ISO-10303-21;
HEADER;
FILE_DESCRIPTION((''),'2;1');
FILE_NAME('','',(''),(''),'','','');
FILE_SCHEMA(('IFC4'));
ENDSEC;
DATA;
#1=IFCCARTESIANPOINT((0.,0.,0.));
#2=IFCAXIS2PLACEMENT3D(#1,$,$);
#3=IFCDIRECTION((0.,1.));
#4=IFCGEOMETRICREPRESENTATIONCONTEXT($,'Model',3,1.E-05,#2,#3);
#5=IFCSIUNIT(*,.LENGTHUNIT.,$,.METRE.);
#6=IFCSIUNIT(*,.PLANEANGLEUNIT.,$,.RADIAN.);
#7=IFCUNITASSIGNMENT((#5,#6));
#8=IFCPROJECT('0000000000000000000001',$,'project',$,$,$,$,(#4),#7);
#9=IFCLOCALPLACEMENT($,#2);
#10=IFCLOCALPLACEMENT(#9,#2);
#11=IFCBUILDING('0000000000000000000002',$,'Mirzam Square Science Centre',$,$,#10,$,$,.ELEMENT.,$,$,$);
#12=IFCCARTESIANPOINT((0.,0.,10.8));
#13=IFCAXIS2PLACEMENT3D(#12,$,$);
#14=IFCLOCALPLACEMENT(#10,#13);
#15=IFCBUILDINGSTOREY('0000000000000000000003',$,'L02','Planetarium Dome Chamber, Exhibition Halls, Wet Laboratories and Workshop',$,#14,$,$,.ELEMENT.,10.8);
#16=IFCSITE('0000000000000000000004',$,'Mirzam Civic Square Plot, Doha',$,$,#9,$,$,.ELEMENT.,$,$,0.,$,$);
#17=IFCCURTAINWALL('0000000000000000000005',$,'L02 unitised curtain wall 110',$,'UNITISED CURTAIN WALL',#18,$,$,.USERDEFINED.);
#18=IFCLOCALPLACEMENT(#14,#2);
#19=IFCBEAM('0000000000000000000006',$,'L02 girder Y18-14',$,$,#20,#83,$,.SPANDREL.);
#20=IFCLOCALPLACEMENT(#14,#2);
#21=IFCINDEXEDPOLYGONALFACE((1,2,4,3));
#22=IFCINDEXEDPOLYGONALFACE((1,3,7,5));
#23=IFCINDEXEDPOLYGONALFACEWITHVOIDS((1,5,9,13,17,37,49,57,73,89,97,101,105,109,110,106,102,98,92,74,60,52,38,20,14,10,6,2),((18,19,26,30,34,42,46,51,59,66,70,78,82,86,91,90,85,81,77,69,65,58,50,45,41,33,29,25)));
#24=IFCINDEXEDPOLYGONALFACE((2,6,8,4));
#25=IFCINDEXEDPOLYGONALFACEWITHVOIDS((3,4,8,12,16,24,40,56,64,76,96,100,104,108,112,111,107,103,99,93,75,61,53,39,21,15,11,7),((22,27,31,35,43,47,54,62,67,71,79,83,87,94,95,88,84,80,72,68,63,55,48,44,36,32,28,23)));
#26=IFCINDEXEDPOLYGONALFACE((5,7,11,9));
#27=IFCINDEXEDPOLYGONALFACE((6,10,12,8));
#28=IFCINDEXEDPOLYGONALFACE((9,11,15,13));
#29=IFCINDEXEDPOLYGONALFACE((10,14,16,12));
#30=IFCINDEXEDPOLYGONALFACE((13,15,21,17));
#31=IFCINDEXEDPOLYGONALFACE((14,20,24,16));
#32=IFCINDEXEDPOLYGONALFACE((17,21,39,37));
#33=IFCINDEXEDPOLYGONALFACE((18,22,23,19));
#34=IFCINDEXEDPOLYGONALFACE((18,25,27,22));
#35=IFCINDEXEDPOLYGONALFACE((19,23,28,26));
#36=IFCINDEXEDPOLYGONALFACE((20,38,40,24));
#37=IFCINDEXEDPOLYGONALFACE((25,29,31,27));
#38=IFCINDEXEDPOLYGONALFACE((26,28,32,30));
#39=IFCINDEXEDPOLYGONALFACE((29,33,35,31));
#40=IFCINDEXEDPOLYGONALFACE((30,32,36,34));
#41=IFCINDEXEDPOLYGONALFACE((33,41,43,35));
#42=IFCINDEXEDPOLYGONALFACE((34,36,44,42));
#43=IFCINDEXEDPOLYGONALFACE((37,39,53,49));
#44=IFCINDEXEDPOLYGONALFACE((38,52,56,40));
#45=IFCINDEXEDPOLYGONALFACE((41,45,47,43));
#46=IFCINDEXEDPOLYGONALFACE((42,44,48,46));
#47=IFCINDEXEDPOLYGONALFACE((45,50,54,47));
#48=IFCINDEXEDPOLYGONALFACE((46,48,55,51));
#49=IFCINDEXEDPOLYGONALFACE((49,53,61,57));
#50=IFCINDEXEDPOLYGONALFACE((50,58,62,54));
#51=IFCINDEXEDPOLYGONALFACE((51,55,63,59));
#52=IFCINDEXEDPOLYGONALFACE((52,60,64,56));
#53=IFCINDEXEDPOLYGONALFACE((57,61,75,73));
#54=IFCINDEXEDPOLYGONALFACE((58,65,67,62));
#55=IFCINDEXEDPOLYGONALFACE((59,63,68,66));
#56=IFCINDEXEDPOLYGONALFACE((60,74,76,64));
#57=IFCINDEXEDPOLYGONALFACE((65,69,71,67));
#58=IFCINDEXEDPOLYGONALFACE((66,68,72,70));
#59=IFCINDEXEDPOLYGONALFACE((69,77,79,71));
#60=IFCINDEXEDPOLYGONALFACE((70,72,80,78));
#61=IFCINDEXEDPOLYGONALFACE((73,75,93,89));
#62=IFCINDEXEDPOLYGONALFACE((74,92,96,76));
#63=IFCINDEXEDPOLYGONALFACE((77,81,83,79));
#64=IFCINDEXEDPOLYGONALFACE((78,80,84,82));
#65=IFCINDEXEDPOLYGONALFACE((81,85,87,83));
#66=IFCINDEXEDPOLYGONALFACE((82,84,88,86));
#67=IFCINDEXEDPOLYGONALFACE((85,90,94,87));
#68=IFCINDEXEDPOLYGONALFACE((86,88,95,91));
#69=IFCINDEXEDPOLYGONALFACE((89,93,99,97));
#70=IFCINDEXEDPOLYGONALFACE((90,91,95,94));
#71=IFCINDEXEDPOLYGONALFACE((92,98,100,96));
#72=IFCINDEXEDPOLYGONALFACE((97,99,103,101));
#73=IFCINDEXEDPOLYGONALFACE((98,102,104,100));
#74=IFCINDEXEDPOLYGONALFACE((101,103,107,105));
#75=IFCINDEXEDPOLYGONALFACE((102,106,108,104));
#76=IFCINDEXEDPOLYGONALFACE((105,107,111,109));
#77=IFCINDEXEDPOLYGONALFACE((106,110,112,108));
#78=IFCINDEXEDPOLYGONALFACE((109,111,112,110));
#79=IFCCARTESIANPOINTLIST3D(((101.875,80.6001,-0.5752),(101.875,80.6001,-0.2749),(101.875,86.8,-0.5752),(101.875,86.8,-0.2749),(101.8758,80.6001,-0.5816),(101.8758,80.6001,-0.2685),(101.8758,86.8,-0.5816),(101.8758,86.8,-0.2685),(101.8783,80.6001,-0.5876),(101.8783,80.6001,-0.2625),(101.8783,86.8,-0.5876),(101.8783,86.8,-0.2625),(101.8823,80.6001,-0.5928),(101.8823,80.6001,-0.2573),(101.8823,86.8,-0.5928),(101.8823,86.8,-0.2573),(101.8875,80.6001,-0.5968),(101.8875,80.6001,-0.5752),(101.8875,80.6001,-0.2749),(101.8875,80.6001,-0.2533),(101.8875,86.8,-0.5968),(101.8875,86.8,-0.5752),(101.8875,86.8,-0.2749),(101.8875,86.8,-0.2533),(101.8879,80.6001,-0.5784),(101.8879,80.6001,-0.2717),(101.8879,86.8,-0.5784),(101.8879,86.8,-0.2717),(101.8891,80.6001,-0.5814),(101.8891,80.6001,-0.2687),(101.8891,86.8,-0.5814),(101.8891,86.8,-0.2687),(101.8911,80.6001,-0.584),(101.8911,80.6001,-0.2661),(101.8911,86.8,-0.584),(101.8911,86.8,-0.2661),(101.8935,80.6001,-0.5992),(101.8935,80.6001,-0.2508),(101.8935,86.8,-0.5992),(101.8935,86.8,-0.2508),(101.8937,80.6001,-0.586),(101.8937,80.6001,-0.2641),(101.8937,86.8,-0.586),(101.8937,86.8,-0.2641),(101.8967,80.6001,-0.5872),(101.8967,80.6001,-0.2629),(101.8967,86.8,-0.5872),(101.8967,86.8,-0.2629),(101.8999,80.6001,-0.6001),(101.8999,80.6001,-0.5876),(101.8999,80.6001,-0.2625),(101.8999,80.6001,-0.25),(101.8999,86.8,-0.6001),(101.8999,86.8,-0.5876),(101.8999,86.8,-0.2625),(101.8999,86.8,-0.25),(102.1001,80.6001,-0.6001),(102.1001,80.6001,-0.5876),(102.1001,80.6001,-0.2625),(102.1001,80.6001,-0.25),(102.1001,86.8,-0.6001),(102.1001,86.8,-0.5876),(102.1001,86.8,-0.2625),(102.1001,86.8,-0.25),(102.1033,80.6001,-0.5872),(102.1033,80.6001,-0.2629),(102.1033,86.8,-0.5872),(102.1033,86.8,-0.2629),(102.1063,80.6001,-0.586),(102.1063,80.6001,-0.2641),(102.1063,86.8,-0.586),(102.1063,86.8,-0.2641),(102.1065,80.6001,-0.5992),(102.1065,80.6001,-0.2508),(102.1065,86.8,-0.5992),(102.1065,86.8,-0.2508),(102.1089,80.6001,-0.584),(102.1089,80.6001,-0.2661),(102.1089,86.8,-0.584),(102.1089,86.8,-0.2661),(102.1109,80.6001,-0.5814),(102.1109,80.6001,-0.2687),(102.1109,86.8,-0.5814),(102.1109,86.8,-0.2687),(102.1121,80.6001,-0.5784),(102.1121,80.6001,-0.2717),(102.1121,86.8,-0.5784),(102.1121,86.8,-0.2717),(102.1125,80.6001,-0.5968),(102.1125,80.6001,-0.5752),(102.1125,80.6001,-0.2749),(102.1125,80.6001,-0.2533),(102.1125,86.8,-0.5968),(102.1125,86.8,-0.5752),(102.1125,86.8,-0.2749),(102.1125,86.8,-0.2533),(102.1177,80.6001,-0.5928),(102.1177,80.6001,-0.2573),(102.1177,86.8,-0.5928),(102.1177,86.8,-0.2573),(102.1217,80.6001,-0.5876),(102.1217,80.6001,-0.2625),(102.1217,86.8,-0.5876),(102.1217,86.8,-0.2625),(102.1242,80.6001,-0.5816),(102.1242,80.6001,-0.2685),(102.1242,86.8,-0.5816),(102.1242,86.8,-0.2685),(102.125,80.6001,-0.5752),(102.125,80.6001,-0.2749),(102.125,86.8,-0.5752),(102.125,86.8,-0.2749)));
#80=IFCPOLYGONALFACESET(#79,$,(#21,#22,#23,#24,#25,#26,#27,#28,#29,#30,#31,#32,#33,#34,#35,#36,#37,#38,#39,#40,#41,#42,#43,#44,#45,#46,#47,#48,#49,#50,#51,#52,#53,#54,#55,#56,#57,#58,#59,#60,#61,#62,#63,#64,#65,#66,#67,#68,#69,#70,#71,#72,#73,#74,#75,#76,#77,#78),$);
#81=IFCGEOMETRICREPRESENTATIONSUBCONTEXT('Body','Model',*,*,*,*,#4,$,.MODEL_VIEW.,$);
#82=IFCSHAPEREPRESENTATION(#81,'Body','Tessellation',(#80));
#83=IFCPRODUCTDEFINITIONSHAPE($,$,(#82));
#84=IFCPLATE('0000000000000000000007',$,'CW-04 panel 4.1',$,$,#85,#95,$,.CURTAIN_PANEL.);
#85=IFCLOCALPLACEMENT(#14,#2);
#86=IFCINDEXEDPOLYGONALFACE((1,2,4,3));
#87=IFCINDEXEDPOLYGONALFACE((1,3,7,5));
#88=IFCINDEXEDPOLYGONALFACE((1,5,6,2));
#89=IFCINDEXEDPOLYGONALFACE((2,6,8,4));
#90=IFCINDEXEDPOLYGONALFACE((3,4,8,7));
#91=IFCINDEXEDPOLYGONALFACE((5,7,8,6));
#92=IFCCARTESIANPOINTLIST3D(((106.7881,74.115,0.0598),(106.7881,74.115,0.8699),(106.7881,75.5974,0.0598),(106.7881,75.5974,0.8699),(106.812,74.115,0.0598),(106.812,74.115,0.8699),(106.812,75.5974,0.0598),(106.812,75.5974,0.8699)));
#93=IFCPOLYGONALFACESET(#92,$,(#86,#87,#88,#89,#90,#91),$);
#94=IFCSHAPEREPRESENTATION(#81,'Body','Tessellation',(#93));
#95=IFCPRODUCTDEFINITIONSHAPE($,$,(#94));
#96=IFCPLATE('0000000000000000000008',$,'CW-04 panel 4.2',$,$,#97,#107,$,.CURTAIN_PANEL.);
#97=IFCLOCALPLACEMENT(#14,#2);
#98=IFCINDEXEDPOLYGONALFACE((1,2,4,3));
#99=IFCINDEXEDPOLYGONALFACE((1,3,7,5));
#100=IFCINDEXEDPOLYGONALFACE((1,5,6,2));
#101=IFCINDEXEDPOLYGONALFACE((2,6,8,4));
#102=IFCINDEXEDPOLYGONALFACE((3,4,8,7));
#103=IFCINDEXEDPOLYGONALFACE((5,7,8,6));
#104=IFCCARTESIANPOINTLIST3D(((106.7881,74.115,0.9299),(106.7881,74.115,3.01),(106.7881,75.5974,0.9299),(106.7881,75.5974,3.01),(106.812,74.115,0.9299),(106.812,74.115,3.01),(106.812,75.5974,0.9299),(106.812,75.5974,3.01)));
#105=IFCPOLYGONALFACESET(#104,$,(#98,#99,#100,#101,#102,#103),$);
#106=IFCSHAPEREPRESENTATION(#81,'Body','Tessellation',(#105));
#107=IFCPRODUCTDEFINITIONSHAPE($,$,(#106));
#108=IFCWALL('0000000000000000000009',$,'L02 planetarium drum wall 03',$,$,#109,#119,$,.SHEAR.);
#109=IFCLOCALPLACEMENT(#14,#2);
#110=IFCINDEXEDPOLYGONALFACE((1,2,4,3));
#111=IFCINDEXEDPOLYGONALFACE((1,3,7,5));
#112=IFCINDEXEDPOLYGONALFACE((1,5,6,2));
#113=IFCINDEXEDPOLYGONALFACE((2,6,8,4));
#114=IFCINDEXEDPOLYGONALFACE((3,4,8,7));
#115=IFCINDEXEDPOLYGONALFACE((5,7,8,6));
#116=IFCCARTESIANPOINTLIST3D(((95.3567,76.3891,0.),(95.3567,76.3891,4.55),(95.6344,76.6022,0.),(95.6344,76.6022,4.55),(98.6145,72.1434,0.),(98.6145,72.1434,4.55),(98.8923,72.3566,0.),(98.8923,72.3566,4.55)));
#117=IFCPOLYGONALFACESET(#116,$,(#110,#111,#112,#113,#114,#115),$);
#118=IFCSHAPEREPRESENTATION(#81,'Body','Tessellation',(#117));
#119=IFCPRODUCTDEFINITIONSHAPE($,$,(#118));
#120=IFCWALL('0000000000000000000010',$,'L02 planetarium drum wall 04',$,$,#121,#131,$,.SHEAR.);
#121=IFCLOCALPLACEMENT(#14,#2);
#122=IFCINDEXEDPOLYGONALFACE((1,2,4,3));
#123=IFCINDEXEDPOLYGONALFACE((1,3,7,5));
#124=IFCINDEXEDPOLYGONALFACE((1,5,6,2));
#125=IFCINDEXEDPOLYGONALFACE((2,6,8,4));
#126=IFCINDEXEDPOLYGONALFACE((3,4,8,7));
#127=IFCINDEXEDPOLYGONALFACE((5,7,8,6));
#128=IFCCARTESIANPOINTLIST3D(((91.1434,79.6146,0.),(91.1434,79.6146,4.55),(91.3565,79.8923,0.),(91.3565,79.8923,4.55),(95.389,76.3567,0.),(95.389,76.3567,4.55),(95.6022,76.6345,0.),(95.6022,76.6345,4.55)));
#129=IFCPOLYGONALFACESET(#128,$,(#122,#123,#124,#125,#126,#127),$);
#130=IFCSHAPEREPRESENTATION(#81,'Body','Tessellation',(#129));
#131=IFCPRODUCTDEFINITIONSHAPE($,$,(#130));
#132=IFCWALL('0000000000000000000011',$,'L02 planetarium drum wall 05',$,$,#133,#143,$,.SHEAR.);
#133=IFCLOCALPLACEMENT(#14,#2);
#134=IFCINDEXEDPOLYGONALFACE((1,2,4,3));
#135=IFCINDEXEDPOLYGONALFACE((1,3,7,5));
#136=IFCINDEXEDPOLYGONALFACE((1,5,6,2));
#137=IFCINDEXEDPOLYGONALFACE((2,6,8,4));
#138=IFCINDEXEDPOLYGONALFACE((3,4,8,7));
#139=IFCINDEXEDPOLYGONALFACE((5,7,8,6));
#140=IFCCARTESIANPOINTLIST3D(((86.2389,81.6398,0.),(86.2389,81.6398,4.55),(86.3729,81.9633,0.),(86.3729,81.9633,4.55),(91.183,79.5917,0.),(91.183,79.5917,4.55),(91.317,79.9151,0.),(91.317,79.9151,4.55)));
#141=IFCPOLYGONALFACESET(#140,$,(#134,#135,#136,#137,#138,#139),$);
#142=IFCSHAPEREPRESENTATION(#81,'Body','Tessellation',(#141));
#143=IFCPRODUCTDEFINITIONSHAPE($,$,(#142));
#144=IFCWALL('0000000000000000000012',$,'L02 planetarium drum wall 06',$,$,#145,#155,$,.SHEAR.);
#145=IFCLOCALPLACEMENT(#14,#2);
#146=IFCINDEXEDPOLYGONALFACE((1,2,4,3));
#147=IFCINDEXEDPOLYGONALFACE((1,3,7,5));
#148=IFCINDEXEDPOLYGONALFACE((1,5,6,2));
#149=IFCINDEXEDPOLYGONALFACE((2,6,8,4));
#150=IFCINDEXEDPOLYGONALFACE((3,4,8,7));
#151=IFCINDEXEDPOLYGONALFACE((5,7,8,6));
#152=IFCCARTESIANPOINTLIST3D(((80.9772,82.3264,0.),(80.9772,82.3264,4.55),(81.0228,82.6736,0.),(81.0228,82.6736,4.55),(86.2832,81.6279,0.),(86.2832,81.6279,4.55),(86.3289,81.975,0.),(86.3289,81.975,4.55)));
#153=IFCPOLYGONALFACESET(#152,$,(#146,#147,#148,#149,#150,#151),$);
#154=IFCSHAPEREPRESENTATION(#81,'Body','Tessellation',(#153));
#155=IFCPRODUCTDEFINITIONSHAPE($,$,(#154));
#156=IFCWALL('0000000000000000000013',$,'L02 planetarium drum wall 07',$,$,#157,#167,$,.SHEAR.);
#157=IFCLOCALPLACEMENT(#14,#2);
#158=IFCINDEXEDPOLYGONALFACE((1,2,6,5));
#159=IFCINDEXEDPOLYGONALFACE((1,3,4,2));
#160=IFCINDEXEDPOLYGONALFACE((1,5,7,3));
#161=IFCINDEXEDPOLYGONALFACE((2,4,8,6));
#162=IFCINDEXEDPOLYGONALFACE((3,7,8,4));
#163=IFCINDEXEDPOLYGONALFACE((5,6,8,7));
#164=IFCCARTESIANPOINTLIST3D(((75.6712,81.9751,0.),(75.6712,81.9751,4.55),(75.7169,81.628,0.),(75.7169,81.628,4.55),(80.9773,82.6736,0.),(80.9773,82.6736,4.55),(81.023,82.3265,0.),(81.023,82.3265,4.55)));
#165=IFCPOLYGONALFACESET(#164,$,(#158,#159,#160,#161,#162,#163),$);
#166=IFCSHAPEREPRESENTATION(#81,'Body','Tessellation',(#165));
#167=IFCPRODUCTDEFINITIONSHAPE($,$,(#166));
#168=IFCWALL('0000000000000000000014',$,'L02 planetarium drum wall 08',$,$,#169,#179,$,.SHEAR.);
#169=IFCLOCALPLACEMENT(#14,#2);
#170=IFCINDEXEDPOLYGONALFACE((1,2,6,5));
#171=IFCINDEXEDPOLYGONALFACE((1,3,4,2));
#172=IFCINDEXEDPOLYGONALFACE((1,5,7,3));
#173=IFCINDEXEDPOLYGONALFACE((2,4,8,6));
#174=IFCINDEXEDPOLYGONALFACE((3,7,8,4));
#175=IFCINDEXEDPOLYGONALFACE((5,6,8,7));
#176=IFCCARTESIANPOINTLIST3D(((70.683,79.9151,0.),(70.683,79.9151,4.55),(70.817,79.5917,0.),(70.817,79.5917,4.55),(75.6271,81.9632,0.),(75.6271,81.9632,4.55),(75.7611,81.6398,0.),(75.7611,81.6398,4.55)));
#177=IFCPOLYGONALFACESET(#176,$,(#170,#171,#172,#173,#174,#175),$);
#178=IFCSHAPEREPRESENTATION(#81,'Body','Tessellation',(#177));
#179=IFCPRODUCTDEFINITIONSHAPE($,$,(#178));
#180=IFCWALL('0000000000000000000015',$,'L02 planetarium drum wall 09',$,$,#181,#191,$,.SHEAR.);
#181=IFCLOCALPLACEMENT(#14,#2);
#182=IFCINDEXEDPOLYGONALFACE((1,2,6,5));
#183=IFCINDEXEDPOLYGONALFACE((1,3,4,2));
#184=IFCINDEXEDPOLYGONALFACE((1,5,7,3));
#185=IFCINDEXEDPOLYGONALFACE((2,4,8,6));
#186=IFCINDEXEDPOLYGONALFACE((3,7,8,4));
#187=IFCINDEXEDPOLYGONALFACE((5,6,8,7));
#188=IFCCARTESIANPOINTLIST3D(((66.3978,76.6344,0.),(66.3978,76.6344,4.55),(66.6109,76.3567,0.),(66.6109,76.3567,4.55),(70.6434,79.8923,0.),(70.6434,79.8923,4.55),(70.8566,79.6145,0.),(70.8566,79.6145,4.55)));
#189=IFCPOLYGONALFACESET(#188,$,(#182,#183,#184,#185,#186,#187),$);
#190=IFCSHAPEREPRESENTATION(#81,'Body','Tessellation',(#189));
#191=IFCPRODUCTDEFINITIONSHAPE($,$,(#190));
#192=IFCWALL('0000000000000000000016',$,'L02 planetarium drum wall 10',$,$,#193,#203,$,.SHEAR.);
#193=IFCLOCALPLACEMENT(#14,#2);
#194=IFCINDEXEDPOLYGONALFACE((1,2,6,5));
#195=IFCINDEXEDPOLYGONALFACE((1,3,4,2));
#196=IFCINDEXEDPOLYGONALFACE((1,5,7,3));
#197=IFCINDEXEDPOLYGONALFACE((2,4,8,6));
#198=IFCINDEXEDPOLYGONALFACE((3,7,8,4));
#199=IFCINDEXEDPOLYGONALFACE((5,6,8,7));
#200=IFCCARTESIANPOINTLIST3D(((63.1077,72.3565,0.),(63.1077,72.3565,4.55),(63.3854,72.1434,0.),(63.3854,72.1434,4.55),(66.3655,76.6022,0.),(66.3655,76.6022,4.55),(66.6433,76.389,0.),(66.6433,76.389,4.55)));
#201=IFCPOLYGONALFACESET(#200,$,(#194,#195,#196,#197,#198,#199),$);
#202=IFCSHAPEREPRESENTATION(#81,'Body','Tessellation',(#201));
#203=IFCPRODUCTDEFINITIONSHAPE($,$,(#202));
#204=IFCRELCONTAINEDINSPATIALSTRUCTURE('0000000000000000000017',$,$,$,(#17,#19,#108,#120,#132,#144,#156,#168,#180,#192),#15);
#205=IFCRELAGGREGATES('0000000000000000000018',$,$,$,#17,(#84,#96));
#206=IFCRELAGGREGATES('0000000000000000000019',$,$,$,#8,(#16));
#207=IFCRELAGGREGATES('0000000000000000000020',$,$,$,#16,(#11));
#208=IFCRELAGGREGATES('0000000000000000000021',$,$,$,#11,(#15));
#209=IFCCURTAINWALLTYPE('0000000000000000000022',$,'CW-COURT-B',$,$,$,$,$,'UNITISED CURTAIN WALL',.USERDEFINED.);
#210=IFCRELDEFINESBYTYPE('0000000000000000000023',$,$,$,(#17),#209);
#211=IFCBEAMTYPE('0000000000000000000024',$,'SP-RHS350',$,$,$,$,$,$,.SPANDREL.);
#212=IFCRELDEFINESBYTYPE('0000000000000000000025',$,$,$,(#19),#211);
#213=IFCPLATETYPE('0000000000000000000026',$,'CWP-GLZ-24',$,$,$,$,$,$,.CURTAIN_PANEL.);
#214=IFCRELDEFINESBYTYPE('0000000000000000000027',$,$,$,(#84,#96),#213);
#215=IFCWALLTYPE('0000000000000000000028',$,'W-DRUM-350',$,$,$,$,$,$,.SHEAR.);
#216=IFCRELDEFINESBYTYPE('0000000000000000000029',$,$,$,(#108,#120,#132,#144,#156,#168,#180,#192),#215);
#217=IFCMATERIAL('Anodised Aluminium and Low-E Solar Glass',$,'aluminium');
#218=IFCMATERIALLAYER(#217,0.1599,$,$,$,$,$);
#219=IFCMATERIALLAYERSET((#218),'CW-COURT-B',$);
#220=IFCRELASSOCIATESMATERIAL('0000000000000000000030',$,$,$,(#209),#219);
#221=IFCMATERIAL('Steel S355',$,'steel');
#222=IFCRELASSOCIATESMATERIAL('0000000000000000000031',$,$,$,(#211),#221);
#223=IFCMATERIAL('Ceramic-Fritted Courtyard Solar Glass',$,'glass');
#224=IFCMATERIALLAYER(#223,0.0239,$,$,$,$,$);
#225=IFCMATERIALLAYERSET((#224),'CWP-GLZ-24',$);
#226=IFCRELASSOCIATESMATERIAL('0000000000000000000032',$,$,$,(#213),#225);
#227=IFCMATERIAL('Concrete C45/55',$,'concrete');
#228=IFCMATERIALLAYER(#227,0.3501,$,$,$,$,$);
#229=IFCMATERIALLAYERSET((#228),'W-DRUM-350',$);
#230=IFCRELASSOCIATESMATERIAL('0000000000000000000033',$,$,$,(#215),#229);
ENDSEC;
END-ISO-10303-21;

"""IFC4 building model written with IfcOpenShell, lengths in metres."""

from ifc_helpers import new_model, si_unit, direction, frame, frame_2d, origin, origin_2d, place, context, subcontext, project, spatial, rectangle, hollow_rectangle, extrude, material, layer, layer_set, material_profile, profile_set, type_object, element, aggregate, save


model = new_model("IFC4")

# Units and contexts
model_context = context("Model", 3, precision=1e-05, world=origin(), true_north=direction((0.0, 1.0)))
body_context = subcontext(model_context, "Body", "Model", "MODEL_VIEW")
ifc_project = project(units=[si_unit("LENGTHUNIT", "METRE"), si_unit("PLANEANGLEUNIT", "RADIAN")], contexts=[model_context])

# Site, building, storey
site_placement = place(None, origin())
site = spatial("IfcSite", under=ifc_project, at=site_placement, Name="Mirzam Civic Square Plot, Doha", CompositionType="ELEMENT", RefElevation=0.0)
building_placement = place(site_placement, origin())
building = spatial("IfcBuilding", under=site, at=building_placement, Name="Mirzam Square Science Centre", CompositionType="ELEMENT")
storey_placement = place(building_placement, frame((0.0, 0.0, 10.8)))
storey = spatial("IfcBuildingStorey", under=building, at=storey_placement, Name="L02", Description="Planetarium Dome Chamber, Exhibition Halls, Wet Laboratories and Workshop", CompositionType="ELEMENT", Elevation=10.8)

# Shared definitions
ifc_material_1 = material(Name="Steel S355", Category="steel")
ifc_material_2 = material(Name="Concrete C45/55", Category="concrete")

# Curtain wall
ifc_material_3 = material(Name="Anodised Aluminium and Low-E Solar Glass", Category="aluminium")
ifc_layer_1 = layer(ifc_material_3, 0.1599)
ifc_layer_set_1 = layer_set([ifc_layer_1], Name="CW-COURT-B")
curtain_wall_type = type_object("IfcCurtainWallType", Name="CW-COURT-B", ElementType="UNITISED CURTAIN WALL", PredefinedType="USERDEFINED", material=ifc_layer_set_1)
curtain_wall_placement = place(storey_placement, origin())
curtain_wall = element("IfcCurtainWall", 1, at=curtain_wall_placement, inside=storey, type_object=curtain_wall_type, Name="L02 unitised curtain wall 110", ObjectType="UNITISED CURTAIN WALL", PredefinedType="USERDEFINED")

# Beam
ifc_material_profile_1 = material_profile(ifc_material_1, hollow_rectangle(XDim=0.25, YDim=0.3501, WallThickness=0.0125, InnerFilletRadius=0.0125, OuterFilletRadius=0.0249, at=origin_2d()), Name="350x250x12.5RHS")
ifc_profile_set_1 = profile_set([ifc_material_profile_1], Name="Steel S355")
beam_type_1 = type_object("IfcBeamType", Name="SP-RHS350", PredefinedType="SPANDREL", material=ifc_profile_set_1)
beam_1_placement = place(storey_placement, frame((102.0, 80.6001, -0.425), z_axis=(0.0, 1.0, 0.0), x_axis=(-1.0, 0.0, 0.0)))
element("IfcBeam", 2, at=beam_1_placement, inside=storey, type_object=beam_type_1, Name="L02 girder Y18-14", PredefinedType="SPANDREL", context=body_context, shape_type="SweptSolid", body=[
    extrude(hollow_rectangle(XDim=0.25, YDim=0.3501, WallThickness=0.0125, InnerFilletRadius=0.0125, OuterFilletRadius=0.0249, at=origin_2d()), origin(), (0.0, 0.0, 1.0), 6.2),
])

# Plates
ifc_material_4 = material(Name="Ceramic-Fritted Courtyard Solar Glass", Category="glass")
ifc_layer_2 = layer(ifc_material_4, 0.0239)
ifc_layer_set_2 = layer_set([ifc_layer_2], Name="CWP-GLZ-24")
plate_type = type_object("IfcPlateType", Name="CWP-GLZ-24", PredefinedType="CURTAIN_PANEL", material=ifc_layer_set_2)
plate_1_placement = place(storey_placement, frame((106.8, 74.8562, 0.0598), z_axis=(0.0, 0.0, 1.0), x_axis=(0.0, -1.0, 0.0)))
plate_1 = element("IfcPlate", 3, at=plate_1_placement, type_object=plate_type, Name="CW-04 panel 4.1", PredefinedType="CURTAIN_PANEL", context=body_context, shape_type="SweptSolid", body=[
    extrude(rectangle(XDim=1.4824, YDim=0.0239, at=origin_2d()), origin(), (0.0, 0.0, 1.0), 0.8101),
])
plate_2_placement = place(storey_placement, frame((106.8, 74.8562, 0.9299), z_axis=(0.0, 0.0, 1.0), x_axis=(0.0, -1.0, 0.0)))
plate_2 = element("IfcPlate", 4, at=plate_2_placement, type_object=plate_type, Name="CW-04 panel 4.2", PredefinedType="CURTAIN_PANEL", context=body_context, shape_type="SweptSolid", body=[
    extrude(rectangle(XDim=1.4824, YDim=0.0239, at=origin_2d()), origin(), (0.0, 0.0, 1.0), 2.0801),
])
aggregate(curtain_wall, [plate_1, plate_2])

# Walls
ifc_layer_3 = layer(ifc_material_2, 0.3501)
ifc_layer_set_3 = layer_set([ifc_layer_3], Name="W-DRUM-350")
wall_type_1 = type_object("IfcWallType", Name="W-DRUM-350", PredefinedType="SHEAR", material=ifc_layer_set_3)
for number, where, z_axis, x_axis, name in (
    (5, (98.7534, 72.25, 0.0), (0.0, 0.0, 1.0), (-0.608767, 0.793349, 0.0), "L02 planetarium drum wall 03"),
    (6, (95.4956, 76.4956, 0.0), (0.0, 0.0, 1.0), (-0.793349, 0.608767, 0.0), "L02 planetarium drum wall 04"),
    (7, (91.25, 79.7534, 0.0), (0.0, 0.0, 1.0), (-0.923867, 0.382713, 0.0), "L02 planetarium drum wall 05"),
):
    element("IfcWall", number, at=place(storey_placement, frame(where, z_axis=z_axis, x_axis=x_axis)), inside=storey, type_object=wall_type_1, Name=name, PredefinedType="SHEAR", context=body_context, shape_type="SweptSolid", body=[
        extrude(rectangle(XDim=5.3516, YDim=0.3501, at=frame_2d((2.6758, 0.0))), origin(), (0.0, 0.0, 1.0), 4.55),
    ])
for number, where, z_axis, x_axis, name in (
    (8, (86.3059, 81.8015, 0.0), (0.0, 0.0, 1.0), (-0.991446, 0.130517, 0.0), "L02 planetarium drum wall 06"),
    (9, (81.0, 82.5, 0.0), (0.0, 0.0, 1.0), (-0.991446, -0.130517, 0.0), "L02 planetarium drum wall 07"),
):
    element("IfcWall", number, at=place(storey_placement, frame(where, z_axis=z_axis, x_axis=x_axis)), inside=storey, type_object=wall_type_1, Name=name, PredefinedType="SHEAR", context=body_context, shape_type="SweptSolid", body=[
        extrude(rectangle(XDim=5.3518, YDim=0.3501, at=frame_2d((2.6758, 0.0))), origin(), (0.0, 0.0, 1.0), 4.55),
    ])
for number, where, z_axis, x_axis, name in (
    (10, (75.6941, 81.8015, 0.0), (0.0, 0.0, 1.0), (-0.923867, -0.382713, 0.0), "L02 planetarium drum wall 08"),
    (11, (70.75, 79.7534, 0.0), (0.0, 0.0, 1.0), (-0.793349, -0.608767, 0.0), "L02 planetarium drum wall 09"),
    (12, (66.5044, 76.4956, 0.0), (0.0, 0.0, 1.0), (-0.608767, -0.793349, 0.0), "L02 planetarium drum wall 10"),
):
    element("IfcWall", number, at=place(storey_placement, frame(where, z_axis=z_axis, x_axis=x_axis)), inside=storey, type_object=wall_type_1, Name=name, PredefinedType="SHEAR", context=body_context, shape_type="SweptSolid", body=[
        extrude(rectangle(XDim=5.3516, YDim=0.3501, at=frame_2d((2.6758, 0.0))), origin(), (0.0, 0.0, 1.0), 4.55),
    ])

save(model, "model.ifc")
